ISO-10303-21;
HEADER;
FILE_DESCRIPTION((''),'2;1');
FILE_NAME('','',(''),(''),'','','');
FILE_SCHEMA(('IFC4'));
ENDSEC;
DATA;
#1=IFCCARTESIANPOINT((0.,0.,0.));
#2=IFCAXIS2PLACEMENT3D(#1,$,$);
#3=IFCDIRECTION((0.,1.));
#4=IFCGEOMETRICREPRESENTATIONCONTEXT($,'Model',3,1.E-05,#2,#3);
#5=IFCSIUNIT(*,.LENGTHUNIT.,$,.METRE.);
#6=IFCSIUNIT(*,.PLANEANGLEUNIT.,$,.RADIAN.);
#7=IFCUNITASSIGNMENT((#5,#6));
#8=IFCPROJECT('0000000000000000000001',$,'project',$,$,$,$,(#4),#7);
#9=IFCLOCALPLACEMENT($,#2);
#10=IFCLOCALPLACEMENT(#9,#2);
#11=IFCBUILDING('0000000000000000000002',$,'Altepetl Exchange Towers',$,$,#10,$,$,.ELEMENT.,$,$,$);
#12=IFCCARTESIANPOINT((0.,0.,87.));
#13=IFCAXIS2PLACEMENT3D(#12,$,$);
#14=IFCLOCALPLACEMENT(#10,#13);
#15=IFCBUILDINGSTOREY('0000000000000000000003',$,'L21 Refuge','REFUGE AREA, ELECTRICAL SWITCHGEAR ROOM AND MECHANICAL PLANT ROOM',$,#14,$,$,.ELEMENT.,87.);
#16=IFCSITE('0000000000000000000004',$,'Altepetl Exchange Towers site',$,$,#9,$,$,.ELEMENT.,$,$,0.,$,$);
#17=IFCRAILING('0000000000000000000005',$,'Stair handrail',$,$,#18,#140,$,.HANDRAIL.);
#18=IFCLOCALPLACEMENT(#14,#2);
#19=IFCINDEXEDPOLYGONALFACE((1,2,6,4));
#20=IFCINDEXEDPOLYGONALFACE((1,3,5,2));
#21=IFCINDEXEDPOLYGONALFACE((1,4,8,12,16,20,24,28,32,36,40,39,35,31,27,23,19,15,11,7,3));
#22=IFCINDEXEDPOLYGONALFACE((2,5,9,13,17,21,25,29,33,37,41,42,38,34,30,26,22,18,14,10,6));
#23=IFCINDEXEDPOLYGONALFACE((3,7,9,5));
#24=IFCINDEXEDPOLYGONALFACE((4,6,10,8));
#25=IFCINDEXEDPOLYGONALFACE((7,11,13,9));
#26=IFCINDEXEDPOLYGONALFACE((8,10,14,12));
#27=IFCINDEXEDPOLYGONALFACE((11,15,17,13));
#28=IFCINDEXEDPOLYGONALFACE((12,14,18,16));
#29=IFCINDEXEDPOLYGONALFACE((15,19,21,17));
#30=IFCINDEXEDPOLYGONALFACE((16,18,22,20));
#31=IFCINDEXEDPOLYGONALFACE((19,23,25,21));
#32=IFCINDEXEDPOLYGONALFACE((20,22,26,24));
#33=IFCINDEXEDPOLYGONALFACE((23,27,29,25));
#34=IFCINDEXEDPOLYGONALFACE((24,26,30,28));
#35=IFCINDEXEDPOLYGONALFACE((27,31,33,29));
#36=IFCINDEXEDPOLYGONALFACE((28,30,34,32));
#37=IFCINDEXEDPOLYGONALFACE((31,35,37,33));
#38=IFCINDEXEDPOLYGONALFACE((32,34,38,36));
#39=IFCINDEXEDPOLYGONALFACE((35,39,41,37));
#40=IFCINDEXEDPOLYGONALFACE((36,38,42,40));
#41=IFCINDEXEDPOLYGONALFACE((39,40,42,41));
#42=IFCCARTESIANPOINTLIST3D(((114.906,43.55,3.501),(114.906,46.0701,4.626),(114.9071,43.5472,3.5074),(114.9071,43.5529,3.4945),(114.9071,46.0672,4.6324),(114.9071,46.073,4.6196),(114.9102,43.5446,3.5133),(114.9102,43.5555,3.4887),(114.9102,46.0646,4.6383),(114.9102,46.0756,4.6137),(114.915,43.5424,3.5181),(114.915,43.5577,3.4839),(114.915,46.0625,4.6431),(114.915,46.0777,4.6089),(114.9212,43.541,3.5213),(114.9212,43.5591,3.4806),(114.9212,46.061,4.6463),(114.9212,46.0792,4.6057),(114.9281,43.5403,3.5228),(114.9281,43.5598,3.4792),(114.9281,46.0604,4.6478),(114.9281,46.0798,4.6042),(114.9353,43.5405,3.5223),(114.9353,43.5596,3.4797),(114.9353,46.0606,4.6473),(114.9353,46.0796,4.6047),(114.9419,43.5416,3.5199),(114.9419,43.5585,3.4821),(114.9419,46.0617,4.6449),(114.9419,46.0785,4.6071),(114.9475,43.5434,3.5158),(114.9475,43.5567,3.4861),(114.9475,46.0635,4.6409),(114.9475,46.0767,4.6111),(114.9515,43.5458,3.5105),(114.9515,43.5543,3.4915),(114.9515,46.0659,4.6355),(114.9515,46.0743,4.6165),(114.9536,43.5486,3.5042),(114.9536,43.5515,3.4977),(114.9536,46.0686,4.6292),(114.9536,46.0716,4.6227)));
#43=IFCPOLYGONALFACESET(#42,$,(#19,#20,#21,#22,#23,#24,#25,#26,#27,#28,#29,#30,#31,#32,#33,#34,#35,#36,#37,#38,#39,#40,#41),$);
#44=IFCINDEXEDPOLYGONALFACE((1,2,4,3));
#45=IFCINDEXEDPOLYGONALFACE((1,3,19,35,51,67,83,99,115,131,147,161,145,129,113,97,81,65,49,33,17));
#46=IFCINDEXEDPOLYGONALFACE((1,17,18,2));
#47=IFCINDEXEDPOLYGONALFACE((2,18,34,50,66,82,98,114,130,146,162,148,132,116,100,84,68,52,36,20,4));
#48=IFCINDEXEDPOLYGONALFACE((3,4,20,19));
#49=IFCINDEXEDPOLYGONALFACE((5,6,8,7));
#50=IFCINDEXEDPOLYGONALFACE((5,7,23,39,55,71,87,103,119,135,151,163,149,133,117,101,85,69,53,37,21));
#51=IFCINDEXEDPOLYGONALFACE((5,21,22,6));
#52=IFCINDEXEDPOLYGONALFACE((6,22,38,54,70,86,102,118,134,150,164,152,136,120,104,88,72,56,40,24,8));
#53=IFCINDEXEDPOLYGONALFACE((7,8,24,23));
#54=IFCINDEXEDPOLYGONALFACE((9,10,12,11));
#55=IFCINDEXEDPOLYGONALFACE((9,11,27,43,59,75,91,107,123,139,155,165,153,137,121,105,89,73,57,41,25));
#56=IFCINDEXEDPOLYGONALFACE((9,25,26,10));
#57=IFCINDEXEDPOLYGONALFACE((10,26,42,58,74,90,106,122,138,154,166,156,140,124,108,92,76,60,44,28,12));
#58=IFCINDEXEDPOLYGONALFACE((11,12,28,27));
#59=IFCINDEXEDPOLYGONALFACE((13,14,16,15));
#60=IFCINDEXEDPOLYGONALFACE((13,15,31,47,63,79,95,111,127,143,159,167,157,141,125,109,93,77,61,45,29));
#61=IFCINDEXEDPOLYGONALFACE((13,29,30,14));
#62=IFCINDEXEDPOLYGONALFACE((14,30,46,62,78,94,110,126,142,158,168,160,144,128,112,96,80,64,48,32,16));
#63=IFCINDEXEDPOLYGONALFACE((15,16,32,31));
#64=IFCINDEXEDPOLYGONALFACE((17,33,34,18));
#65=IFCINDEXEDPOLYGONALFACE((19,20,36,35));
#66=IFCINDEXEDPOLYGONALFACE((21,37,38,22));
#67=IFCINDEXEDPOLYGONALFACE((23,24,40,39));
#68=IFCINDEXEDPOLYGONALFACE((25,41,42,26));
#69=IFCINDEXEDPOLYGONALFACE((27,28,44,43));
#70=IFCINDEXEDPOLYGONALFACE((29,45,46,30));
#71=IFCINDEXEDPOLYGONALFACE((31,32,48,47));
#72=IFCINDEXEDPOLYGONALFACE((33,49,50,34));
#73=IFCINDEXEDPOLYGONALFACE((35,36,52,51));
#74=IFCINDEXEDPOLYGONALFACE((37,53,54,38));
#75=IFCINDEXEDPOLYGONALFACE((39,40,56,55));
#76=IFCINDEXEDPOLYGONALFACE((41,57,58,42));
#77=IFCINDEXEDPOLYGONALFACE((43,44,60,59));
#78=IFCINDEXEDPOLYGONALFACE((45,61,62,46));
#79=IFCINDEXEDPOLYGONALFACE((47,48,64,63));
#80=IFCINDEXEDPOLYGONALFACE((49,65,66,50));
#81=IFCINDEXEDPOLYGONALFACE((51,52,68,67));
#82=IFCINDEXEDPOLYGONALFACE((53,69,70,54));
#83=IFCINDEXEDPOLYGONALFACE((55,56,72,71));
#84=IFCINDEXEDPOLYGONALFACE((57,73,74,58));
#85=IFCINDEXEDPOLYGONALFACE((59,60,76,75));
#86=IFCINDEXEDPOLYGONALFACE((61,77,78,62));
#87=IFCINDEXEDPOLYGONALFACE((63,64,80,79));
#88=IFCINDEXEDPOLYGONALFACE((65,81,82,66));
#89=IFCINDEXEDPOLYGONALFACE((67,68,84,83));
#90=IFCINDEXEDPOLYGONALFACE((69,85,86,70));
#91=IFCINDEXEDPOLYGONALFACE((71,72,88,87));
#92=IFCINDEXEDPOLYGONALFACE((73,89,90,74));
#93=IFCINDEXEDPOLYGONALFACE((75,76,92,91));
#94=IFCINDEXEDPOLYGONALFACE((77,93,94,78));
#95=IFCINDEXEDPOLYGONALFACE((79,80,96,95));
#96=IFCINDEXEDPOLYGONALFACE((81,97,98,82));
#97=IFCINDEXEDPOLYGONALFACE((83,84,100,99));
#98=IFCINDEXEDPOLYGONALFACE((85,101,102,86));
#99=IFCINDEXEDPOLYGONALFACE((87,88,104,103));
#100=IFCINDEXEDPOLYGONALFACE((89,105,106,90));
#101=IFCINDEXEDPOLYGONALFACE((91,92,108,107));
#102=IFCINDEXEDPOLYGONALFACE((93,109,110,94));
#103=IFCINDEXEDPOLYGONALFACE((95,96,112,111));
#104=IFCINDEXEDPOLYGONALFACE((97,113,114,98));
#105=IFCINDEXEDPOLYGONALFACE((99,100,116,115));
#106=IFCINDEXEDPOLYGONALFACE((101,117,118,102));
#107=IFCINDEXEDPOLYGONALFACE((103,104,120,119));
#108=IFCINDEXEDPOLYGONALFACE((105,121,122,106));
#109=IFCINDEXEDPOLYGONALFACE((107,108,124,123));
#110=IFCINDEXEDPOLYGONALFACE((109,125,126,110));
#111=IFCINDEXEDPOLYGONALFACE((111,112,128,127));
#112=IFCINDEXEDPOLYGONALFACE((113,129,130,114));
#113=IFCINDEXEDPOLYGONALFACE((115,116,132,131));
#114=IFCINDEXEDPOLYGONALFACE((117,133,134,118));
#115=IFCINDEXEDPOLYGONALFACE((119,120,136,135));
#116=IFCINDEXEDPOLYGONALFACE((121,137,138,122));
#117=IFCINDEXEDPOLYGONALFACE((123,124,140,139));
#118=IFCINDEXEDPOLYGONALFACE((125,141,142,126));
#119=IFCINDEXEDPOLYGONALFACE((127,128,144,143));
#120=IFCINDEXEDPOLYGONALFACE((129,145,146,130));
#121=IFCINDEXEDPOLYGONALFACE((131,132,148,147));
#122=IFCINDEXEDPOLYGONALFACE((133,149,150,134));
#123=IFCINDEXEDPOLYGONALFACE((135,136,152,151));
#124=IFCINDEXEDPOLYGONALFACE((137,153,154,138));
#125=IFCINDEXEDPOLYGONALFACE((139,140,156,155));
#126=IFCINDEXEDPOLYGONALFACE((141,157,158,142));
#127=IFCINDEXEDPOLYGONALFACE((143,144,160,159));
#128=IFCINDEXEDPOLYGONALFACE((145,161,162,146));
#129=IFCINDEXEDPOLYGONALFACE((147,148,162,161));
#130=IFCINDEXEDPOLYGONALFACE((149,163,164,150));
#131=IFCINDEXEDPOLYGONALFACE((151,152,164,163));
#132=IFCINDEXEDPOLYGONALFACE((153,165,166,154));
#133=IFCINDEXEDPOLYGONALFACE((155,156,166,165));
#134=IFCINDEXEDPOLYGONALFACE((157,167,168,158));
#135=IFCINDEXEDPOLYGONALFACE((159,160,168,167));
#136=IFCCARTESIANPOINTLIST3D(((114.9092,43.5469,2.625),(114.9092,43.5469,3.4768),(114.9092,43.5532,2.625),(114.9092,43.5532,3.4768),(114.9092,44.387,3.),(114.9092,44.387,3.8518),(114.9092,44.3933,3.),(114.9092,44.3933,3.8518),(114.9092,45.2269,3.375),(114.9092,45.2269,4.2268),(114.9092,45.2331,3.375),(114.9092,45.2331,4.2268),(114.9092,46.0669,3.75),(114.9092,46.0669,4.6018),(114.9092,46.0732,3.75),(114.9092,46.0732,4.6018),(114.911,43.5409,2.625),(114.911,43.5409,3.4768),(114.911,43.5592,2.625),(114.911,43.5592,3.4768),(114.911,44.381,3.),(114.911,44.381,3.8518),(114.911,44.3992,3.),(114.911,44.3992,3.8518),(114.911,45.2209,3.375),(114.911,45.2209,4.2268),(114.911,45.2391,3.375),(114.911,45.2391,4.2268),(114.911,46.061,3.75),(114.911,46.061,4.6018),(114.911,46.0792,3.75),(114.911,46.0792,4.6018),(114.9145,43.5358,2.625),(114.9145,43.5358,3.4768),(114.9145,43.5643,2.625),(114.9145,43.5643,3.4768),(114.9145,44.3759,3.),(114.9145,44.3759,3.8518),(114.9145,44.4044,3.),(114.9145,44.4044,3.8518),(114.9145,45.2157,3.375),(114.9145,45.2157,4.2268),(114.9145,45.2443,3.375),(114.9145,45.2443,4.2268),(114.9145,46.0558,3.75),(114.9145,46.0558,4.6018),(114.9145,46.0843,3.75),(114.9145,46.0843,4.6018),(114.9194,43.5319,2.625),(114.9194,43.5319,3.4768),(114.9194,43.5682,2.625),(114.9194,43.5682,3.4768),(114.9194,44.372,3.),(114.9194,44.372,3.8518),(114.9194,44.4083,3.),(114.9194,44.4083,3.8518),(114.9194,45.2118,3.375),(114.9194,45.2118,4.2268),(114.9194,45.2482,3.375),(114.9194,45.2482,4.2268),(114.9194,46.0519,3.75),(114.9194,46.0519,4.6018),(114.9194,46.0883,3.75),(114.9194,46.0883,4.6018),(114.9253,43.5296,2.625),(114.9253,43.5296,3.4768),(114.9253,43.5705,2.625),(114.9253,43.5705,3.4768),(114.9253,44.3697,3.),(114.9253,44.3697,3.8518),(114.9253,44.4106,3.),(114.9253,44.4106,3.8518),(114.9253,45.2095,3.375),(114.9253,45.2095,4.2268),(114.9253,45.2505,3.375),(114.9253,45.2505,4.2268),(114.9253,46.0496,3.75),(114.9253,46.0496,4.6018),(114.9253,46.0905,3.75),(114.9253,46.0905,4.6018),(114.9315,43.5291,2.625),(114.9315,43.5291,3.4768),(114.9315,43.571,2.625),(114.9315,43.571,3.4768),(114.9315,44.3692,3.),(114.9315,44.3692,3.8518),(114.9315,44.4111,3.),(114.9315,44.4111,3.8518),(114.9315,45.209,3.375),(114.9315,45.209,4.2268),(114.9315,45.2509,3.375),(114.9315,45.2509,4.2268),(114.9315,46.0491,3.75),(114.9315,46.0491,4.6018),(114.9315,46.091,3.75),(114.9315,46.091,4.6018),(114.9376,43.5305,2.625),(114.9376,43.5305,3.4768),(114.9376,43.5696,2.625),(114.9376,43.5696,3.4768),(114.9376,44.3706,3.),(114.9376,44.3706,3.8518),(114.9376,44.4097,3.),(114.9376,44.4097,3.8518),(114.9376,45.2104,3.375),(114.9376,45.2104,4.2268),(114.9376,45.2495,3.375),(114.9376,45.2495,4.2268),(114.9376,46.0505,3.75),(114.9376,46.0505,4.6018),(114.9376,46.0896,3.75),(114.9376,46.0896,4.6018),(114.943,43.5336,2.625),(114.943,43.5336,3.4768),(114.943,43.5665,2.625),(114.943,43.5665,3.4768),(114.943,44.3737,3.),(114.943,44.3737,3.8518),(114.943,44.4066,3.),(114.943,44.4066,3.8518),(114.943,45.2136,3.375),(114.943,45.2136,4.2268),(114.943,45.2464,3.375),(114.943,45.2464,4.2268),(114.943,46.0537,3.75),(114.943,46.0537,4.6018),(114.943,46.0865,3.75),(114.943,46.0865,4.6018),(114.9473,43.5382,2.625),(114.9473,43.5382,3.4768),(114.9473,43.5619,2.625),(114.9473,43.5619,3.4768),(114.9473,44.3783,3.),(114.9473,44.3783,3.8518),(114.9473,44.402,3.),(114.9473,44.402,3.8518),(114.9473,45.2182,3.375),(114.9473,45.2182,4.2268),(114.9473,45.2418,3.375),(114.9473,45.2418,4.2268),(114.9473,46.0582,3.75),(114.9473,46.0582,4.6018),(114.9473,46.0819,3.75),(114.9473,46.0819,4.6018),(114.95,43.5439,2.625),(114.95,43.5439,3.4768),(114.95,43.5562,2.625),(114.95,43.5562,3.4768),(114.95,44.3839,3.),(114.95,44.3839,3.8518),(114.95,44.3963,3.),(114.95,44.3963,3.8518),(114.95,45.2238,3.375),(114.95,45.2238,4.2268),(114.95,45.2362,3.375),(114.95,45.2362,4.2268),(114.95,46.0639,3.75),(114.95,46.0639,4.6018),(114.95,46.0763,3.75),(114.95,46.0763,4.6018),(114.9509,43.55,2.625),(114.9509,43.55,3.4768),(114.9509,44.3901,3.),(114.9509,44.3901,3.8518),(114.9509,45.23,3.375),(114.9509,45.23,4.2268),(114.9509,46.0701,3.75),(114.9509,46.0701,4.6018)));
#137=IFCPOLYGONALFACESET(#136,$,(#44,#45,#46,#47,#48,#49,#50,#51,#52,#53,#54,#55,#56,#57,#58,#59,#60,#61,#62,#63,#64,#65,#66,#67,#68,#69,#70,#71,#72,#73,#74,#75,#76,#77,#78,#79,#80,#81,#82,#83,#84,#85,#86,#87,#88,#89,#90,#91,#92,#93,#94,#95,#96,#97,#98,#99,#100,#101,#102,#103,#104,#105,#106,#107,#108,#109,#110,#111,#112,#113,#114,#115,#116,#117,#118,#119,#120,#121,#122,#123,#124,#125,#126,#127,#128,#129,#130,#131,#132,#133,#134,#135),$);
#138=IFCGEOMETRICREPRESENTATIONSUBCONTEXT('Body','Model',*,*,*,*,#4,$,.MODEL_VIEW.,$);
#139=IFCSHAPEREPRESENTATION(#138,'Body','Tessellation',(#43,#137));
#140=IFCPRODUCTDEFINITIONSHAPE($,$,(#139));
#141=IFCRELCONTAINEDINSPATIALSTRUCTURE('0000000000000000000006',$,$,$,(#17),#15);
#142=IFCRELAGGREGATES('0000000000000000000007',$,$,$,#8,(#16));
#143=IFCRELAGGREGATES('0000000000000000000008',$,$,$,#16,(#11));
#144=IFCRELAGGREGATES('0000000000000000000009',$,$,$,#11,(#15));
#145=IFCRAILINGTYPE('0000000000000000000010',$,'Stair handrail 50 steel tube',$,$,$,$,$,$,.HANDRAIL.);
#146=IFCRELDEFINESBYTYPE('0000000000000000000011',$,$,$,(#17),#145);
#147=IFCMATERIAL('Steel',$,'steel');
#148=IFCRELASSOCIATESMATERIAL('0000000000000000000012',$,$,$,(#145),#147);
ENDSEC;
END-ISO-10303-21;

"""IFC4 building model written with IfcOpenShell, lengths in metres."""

from ifc_helpers import new_model, si_unit, direction, frame, origin, origin_2d, place, context, subcontext, project, spatial, circle, extrude, source, transform, mapped, material, type_object, element, save


model = new_model("IFC4")

# Units and contexts
model_context = context("Model", 3, precision=1e-05, world=origin(), true_north=direction((0.0, 1.0)))
body_context = subcontext(model_context, "Body", "Model", "MODEL_VIEW")
ifc_project = project(units=[si_unit("LENGTHUNIT", "METRE"), si_unit("PLANEANGLEUNIT", "RADIAN")], contexts=[model_context])

# Site, building, storey
site_placement = place(None, origin())
site = spatial("IfcSite", under=ifc_project, at=site_placement, Name="Altepetl Exchange Towers site", CompositionType="ELEMENT", RefElevation=0.0)
building_placement = place(site_placement, origin())
building = spatial("IfcBuilding", under=site, at=building_placement, Name="Altepetl Exchange Towers", CompositionType="ELEMENT")
storey_placement = place(building_placement, frame((0.0, 0.0, 87.0)))
storey = spatial("IfcBuildingStorey", under=building, at=storey_placement, Name="L21 Refuge", Description="REFUGE AREA, ELECTRICAL SWITCHGEAR ROOM AND MECHANICAL PLANT ROOM", CompositionType="ELEMENT", Elevation=87.0)

# Railing
ifc_material_1 = material(Name="Steel", Category="steel")
railing_type = type_object("IfcRailingType", Name="Stair handrail 50 steel tube", PredefinedType="HANDRAIL", material=ifc_material_1)
shared_shape = source(origin(), body_context, "Body", "SweptSolid", [
    extrude(circle(Radius=0.021, at=origin_2d()), origin(), (0.0, 0.0, 1.0), 0.8518),
])
railing_1_placement = place(storey_placement, frame((114.9299, 43.55, 2.625)))
element("IfcRailing", 1, at=railing_1_placement, inside=storey, type_object=railing_type, Name="Stair handrail", PredefinedType="HANDRAIL", context=body_context, shape_type="SweptSolid", body=[
    extrude(circle(Radius=0.0239, at=origin_2d()), frame((0.0, 0.0, 0.876), z_axis=(0.0, 0.913139, 0.407648), x_axis=(-1.0, 0.0, 0.0)), (0.0, 0.0, 1.0), 2.7598),
    mapped(shared_shape, transform((0.0, 0.0, 0.0))),
    mapped(shared_shape, transform((0.0, 0.8401, 0.375))),
    mapped(shared_shape, transform((0.0, 1.6799, 0.75))),
    mapped(shared_shape, transform((0.0, 2.52, 1.125))),
])

save(model, "model.ifc")
